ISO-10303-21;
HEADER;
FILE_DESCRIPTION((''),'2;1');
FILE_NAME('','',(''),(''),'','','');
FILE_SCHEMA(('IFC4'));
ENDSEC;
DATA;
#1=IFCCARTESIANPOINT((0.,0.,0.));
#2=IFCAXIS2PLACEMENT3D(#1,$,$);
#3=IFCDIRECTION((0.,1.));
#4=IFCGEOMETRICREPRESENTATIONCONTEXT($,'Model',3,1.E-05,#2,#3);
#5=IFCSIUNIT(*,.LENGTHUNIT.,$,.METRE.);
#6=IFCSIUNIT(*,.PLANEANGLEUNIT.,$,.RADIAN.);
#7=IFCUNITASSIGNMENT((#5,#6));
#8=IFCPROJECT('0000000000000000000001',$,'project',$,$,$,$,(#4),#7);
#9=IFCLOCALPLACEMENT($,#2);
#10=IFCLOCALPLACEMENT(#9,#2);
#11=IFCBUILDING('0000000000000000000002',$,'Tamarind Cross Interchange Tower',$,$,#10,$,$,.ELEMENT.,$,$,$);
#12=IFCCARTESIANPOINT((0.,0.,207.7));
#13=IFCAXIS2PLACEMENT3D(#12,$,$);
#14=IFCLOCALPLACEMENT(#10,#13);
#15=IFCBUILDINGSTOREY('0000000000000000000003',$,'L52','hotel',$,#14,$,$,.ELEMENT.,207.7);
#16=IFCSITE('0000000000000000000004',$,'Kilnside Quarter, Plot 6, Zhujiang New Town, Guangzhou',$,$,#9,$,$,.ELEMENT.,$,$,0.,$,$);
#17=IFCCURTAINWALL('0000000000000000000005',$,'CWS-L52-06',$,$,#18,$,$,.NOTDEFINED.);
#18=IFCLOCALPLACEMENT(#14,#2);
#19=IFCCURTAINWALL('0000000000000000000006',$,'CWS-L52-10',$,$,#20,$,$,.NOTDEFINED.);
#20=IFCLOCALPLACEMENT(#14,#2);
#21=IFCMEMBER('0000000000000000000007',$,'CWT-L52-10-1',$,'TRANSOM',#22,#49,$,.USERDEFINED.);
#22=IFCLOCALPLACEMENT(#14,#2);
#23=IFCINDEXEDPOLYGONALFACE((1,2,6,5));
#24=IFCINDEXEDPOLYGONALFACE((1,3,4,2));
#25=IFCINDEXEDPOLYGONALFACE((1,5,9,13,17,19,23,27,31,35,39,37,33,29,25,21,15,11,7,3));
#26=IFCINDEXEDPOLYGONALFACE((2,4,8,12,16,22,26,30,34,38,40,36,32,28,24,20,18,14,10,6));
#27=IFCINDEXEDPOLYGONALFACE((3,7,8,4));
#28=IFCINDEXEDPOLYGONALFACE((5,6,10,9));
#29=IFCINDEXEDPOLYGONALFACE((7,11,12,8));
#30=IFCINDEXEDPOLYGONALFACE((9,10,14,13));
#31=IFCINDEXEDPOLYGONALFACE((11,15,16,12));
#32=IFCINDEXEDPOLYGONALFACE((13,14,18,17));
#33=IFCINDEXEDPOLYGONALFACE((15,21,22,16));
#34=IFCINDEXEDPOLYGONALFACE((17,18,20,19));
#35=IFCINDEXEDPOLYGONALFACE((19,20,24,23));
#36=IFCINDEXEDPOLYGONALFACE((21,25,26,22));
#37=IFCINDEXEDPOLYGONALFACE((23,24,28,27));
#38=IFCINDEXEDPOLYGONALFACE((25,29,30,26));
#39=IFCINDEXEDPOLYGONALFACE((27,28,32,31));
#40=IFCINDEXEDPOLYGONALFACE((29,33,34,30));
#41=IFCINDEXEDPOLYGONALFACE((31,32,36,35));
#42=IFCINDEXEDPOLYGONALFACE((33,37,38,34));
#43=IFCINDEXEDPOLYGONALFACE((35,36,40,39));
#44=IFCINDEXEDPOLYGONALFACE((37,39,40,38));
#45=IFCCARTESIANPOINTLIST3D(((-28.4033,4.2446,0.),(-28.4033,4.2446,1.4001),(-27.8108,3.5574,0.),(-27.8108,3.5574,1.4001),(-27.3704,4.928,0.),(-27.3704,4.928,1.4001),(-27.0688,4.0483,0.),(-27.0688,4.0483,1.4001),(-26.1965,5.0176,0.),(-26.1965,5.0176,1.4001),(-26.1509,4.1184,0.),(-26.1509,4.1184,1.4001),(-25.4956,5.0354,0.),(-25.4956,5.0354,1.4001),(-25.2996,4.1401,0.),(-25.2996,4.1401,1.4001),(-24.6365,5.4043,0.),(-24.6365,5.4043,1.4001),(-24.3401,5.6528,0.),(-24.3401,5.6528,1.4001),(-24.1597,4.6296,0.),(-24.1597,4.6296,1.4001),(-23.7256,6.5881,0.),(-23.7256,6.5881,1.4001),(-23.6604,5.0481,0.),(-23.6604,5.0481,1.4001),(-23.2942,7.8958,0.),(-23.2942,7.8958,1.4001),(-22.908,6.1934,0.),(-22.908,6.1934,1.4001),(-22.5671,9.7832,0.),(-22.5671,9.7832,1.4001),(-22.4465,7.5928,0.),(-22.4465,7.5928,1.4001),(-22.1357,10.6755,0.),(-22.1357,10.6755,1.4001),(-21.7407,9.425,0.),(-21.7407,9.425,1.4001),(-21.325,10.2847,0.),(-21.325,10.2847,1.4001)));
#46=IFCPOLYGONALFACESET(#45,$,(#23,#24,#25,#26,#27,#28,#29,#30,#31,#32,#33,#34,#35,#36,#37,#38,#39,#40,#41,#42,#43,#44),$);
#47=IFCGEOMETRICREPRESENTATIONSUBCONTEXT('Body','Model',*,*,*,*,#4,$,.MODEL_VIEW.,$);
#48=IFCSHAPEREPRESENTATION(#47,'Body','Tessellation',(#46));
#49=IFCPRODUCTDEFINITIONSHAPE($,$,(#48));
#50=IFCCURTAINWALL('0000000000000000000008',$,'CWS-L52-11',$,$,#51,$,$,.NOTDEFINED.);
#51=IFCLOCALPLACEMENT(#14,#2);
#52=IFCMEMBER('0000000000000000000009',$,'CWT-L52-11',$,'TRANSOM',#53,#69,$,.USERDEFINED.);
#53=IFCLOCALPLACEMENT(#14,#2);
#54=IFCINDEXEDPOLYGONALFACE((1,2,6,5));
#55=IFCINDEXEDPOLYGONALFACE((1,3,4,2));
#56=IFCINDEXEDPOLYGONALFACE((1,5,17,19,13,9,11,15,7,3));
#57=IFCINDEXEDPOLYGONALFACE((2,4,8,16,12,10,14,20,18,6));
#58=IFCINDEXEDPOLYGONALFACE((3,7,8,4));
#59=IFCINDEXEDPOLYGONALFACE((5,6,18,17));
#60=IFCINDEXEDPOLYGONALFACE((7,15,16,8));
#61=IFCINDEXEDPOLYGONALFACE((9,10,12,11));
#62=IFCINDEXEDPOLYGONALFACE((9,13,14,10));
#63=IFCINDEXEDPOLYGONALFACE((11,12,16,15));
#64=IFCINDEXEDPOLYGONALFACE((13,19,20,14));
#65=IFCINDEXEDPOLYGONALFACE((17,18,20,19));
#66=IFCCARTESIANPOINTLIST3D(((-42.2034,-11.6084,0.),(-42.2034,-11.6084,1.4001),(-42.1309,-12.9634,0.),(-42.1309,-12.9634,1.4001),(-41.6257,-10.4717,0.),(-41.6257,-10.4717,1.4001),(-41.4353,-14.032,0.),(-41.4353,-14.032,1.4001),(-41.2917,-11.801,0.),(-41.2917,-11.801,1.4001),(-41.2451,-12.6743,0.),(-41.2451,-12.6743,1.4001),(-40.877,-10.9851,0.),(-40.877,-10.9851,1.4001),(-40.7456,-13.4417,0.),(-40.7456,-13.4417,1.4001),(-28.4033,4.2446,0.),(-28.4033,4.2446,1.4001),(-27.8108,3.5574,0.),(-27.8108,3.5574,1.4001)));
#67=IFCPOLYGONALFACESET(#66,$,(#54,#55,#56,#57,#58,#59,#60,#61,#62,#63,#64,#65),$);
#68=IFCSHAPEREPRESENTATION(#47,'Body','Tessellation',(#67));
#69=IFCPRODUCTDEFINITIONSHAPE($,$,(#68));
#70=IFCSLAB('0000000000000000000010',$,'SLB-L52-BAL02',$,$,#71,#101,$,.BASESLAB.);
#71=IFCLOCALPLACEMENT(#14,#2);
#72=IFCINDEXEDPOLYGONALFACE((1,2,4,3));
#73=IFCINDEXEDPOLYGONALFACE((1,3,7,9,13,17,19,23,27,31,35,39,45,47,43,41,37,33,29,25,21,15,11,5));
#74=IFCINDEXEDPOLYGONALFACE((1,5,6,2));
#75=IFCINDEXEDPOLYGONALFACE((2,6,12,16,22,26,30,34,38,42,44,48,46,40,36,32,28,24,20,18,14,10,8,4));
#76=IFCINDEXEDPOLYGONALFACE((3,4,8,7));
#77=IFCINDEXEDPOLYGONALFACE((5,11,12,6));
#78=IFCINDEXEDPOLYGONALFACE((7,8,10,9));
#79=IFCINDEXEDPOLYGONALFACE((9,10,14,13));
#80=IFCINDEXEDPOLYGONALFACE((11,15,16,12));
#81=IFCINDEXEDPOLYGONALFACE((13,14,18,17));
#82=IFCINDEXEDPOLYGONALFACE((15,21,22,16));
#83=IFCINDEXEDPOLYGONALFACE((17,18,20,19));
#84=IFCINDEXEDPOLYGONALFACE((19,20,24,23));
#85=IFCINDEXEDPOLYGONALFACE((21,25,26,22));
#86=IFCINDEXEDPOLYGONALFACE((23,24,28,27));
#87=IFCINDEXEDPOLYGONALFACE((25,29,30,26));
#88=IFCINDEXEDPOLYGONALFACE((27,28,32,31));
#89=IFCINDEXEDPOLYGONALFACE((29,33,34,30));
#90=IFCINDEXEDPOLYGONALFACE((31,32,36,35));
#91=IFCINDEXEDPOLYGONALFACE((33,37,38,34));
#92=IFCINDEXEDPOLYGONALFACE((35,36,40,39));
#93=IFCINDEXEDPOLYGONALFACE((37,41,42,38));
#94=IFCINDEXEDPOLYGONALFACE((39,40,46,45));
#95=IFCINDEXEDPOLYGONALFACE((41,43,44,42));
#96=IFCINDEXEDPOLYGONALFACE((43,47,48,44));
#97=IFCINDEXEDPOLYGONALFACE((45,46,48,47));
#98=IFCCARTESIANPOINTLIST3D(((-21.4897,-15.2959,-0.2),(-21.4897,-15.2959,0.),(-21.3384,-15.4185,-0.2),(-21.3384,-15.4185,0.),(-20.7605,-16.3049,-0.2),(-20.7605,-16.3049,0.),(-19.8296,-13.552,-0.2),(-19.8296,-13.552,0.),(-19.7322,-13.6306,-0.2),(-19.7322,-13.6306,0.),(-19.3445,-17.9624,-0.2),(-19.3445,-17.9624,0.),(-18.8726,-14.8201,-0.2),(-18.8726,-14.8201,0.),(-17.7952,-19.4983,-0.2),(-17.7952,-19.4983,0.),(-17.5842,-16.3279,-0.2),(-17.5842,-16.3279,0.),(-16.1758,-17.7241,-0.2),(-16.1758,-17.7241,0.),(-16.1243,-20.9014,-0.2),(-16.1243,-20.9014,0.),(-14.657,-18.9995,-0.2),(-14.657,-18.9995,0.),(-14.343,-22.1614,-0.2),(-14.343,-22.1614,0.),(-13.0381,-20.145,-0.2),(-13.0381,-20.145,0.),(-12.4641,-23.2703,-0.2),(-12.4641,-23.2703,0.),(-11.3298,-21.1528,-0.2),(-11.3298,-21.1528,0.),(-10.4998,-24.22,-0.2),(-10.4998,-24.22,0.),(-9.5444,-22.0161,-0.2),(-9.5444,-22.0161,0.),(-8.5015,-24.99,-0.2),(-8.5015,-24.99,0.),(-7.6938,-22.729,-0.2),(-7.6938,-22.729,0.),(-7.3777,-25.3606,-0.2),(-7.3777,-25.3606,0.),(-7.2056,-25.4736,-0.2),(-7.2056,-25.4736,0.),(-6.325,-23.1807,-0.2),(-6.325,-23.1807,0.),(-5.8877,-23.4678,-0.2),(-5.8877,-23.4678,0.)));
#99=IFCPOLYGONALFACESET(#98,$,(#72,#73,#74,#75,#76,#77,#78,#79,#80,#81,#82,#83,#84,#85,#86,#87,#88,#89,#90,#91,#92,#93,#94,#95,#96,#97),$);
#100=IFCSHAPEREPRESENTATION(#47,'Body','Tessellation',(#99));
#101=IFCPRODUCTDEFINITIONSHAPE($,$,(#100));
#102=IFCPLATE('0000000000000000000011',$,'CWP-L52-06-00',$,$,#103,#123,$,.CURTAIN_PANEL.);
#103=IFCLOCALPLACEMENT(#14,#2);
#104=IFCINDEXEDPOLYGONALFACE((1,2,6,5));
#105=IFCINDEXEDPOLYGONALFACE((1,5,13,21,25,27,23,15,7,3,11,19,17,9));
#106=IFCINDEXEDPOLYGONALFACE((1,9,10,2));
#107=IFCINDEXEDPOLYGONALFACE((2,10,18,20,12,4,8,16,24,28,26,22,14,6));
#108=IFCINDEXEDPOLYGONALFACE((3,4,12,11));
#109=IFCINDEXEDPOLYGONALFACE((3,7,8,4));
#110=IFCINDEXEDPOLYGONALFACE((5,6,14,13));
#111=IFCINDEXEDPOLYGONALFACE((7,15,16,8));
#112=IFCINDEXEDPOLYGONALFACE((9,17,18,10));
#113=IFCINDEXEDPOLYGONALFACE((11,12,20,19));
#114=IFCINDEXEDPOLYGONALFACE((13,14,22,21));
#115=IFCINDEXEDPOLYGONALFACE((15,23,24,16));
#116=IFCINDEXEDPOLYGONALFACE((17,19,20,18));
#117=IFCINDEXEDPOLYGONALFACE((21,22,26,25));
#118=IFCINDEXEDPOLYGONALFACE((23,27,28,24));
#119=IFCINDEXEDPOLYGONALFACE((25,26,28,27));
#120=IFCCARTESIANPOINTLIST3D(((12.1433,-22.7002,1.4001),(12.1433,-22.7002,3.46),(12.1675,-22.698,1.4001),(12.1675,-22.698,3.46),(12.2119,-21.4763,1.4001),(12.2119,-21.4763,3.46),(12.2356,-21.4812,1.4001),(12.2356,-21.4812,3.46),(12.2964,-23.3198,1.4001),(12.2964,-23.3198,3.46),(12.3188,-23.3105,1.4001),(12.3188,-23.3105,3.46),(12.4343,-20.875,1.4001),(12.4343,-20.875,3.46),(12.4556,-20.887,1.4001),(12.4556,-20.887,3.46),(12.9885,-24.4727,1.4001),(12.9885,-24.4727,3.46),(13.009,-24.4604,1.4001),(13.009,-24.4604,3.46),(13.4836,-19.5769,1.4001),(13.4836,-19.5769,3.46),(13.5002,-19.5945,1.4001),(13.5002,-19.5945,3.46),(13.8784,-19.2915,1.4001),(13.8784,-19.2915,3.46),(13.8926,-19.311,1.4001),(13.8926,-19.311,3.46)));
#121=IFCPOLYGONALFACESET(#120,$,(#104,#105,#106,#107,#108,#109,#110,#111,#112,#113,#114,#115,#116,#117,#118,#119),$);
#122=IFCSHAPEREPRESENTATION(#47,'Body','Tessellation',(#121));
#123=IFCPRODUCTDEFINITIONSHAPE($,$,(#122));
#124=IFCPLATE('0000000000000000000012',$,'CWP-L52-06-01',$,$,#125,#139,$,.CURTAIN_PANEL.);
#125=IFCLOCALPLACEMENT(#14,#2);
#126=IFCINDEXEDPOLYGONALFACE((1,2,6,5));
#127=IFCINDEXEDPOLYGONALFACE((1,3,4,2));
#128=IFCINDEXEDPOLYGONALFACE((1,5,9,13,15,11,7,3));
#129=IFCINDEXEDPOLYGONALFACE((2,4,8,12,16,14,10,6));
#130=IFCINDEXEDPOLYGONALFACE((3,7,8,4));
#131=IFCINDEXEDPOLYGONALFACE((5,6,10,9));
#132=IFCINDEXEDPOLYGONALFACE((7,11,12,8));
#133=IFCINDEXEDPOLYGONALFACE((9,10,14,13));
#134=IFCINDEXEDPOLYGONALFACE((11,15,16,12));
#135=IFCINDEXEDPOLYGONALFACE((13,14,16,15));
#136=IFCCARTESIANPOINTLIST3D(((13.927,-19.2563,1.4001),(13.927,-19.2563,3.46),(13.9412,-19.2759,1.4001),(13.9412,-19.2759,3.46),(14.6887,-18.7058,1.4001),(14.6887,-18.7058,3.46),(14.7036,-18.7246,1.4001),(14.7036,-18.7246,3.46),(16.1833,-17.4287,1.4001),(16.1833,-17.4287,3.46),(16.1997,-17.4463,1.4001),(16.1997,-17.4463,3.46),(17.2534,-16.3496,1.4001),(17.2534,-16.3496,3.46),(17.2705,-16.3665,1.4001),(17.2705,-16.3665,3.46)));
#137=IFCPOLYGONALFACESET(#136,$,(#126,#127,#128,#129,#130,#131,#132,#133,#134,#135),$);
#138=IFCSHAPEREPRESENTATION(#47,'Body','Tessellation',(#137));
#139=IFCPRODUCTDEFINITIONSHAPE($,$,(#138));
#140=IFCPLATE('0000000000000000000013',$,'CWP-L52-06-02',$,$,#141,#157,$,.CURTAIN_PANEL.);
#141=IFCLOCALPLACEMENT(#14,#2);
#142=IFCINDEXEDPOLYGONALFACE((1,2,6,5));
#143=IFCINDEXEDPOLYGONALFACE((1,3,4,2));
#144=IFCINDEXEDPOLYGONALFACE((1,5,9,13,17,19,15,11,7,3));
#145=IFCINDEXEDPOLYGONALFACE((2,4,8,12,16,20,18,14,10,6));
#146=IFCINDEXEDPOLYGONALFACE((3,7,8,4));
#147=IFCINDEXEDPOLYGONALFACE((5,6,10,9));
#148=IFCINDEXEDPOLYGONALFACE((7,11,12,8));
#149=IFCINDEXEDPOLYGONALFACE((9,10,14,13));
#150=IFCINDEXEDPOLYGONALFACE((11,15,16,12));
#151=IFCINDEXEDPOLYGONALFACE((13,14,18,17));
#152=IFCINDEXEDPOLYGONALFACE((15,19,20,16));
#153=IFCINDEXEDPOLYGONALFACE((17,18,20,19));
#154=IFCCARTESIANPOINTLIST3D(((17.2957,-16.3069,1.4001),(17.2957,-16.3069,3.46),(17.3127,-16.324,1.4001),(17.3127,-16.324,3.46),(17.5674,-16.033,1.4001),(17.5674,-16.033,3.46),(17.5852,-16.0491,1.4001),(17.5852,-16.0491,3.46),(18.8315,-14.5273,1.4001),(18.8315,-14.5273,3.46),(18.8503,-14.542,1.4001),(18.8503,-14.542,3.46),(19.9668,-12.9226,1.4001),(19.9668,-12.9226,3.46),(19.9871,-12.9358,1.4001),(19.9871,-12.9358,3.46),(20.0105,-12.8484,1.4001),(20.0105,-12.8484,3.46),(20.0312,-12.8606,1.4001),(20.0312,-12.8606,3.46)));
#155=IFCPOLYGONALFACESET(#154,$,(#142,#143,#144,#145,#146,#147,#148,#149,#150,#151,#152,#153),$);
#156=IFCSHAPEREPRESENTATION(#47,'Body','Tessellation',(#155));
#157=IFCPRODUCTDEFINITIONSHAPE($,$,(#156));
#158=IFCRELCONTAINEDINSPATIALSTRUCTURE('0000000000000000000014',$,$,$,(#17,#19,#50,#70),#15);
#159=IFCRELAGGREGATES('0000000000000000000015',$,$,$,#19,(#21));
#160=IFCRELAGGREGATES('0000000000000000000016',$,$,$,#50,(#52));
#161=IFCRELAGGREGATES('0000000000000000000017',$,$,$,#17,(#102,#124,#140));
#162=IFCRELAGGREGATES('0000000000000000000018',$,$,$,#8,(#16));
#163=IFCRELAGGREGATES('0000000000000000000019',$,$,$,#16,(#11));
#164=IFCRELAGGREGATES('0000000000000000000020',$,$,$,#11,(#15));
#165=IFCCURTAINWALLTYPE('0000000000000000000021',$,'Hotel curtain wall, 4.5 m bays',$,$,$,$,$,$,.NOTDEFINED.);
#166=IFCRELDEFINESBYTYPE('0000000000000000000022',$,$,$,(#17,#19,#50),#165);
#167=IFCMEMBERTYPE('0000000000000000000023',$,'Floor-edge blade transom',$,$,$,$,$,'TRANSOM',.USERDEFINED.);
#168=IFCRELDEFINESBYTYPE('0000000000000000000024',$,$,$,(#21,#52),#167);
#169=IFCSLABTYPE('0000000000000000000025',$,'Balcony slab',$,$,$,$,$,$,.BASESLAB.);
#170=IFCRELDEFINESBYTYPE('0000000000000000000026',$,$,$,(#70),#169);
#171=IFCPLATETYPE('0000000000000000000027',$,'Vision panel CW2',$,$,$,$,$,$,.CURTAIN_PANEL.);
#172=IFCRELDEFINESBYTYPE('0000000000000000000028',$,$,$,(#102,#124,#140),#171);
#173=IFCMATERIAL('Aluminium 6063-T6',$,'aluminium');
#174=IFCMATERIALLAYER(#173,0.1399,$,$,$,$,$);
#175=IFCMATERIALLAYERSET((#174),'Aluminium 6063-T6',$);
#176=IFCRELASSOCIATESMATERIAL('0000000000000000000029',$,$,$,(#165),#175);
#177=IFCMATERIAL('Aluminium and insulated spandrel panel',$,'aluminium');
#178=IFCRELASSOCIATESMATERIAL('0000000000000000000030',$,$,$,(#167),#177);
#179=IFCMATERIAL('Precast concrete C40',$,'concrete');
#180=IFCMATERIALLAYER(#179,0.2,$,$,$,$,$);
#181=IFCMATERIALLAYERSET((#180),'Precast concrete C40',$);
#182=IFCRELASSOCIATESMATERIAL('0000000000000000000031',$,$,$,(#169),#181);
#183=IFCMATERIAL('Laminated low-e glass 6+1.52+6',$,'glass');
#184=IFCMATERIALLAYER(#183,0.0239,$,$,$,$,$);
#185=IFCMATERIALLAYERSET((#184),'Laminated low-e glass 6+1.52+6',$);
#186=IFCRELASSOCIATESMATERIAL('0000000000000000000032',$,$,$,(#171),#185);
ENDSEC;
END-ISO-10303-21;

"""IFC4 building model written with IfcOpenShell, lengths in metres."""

from ifc_helpers import new_model, si_unit, direction, frame, origin, place, context, subcontext, project, spatial, polyline, outline, extrude, material, layer, layer_set, type_object, element, aggregate, save


model = new_model("IFC4")

# Units and contexts
model_context = context("Model", 3, precision=1e-05, world=origin(), true_north=direction((0.0, 1.0)))
body_context = subcontext(model_context, "Body", "Model", "MODEL_VIEW")
ifc_project = project(units=[si_unit("LENGTHUNIT", "METRE"), si_unit("PLANEANGLEUNIT", "RADIAN")], contexts=[model_context])

# Site, building, storey
site_placement = place(None, origin())
site = spatial("IfcSite", under=ifc_project, at=site_placement, Name="Kilnside Quarter, Plot 6, Zhujiang New Town, Guangzhou", CompositionType="ELEMENT", RefElevation=0.0)
building_placement = place(site_placement, origin())
building = spatial("IfcBuilding", under=site, at=building_placement, Name="Tamarind Cross Interchange Tower", CompositionType="ELEMENT")
storey_placement = place(building_placement, frame((0.0, 0.0, 207.7)))
storey = spatial("IfcBuildingStorey", under=building, at=storey_placement, Name="L52", Description="hotel", CompositionType="ELEMENT", Elevation=207.7)

# Curtain wall
ifc_material_1 = material(Name="Aluminium 6063-T6", Category="aluminium")
ifc_layer_1 = layer(ifc_material_1, 0.1399)
ifc_layer_set_1 = layer_set([ifc_layer_1], Name="Aluminium 6063-T6")
curtain_wall_type = type_object("IfcCurtainWallType", Name="Hotel curtain wall, 4.5 m bays", PredefinedType="NOTDEFINED", material=ifc_layer_set_1)
curtain_wall_1_placement = place(storey_placement, origin())
curtain_wall_1 = element("IfcCurtainWall", 1, at=curtain_wall_1_placement, inside=storey, type_object=curtain_wall_type, Name="CWS-L52-06", PredefinedType="NOTDEFINED")
ifc_material_2 = material(Name="Aluminium and insulated spandrel panel", Category="aluminium")
member_type = type_object("IfcMemberType", Name="Floor-edge blade transom", ElementType="TRANSOM", PredefinedType="USERDEFINED", material=ifc_material_2)

# Curtain wall, member
curtain_wall_2_placement = place(storey_placement, origin())
curtain_wall_2 = element("IfcCurtainWall", 2, at=curtain_wall_2_placement, inside=storey, type_object=curtain_wall_type, Name="CWS-L52-10", PredefinedType="NOTDEFINED")
member_1_placement = place(storey_placement, origin())
member_1 = element("IfcMember", 3, at=member_1_placement, type_object=member_type, Name="CWT-L52-10-1", ObjectType="TRANSOM", PredefinedType="USERDEFINED", context=body_context, shape_type="SweptSolid", body=[
    extrude(outline(polyline([(-21.325, 10.2847), (-21.7407, 9.425), (-22.4465, 7.5928), (-22.908, 6.1934), (-23.6604, 5.0481), (-24.1597, 4.6296), (-25.2996, 4.1401), (-26.1509, 4.1184), (-27.0688, 4.0483), (-27.8108, 3.5574), (-28.4033, 4.2446), (-27.3704, 4.928), (-26.1965, 5.0176), (-25.4956, 5.0354), (-24.6365, 5.4043), (-24.3401, 5.6528), (-23.7256, 6.5881), (-23.2942, 7.8958), (-22.5671, 9.7832), (-22.1357, 10.6755), (-21.325, 10.2847)])), origin(), (0.0, 0.0, 1.0), 1.4001),
])
aggregate(curtain_wall_2, [member_1])

# Curtain wall, member
curtain_wall_3_placement = place(storey_placement, origin())
curtain_wall_3 = element("IfcCurtainWall", 4, at=curtain_wall_3_placement, inside=storey, type_object=curtain_wall_type, Name="CWS-L52-11", PredefinedType="NOTDEFINED")
member_2_placement = place(storey_placement, origin())
member_2 = element("IfcMember", 5, at=member_2_placement, type_object=member_type, Name="CWT-L52-11", ObjectType="TRANSOM", PredefinedType="USERDEFINED", context=body_context, shape_type="SweptSolid", body=[
    extrude(outline(polyline([(-27.8108, 3.5574), (-40.877, -10.9851), (-41.2917, -11.801), (-41.2451, -12.6743), (-40.7456, -13.4417), (-41.4353, -14.032), (-42.1309, -12.9634), (-42.2034, -11.6084), (-41.6257, -10.4717), (-28.4033, 4.2446), (-27.8108, 3.5574)])), origin(), (0.0, 0.0, 1.0), 1.4001),
])
aggregate(curtain_wall_3, [member_2])

# Slab
ifc_material_3 = material(Name="Precast concrete C40", Category="concrete")
ifc_layer_2 = layer(ifc_material_3, 0.2)
ifc_layer_set_2 = layer_set([ifc_layer_2], Name="Precast concrete C40")
slab_type = type_object("IfcSlabType", Name="Balcony slab", PredefinedType="BASESLAB", material=ifc_layer_set_2)
slab_placement = place(storey_placement, frame((0.0, 0.0, -0.2)))
element("IfcSlab", 6, at=slab_placement, inside=storey, type_object=slab_type, Name="SLB-L52-BAL02", PredefinedType="BASESLAB", context=body_context, shape_type="SweptSolid", body=[
    extrude(outline(polyline([(-19.8296, -13.552), (-19.7322, -13.6306), (-18.8726, -14.8201), (-17.5842, -16.3279), (-16.1758, -17.7241), (-14.657, -18.9995), (-13.0381, -20.145), (-11.3298, -21.1528), (-9.5444, -22.0161), (-7.6938, -22.729), (-6.325, -23.1807), (-5.8877, -23.4678), (-7.2056, -25.4736), (-7.3777, -25.3606), (-8.5015, -24.99), (-10.4998, -24.22), (-12.4641, -23.2703), (-14.343, -22.1614), (-16.1243, -20.9014), (-17.7952, -19.4983), (-19.3445, -17.9624), (-20.7605, -16.3049), (-21.4897, -15.2959), (-21.3384, -15.4185), (-19.8296, -13.552)])), origin(), (0.0, 0.0, 1.0), 0.2),
])

# Plates
ifc_material_4 = material(Name="Laminated low-e glass 6+1.52+6", Category="glass")
ifc_layer_3 = layer(ifc_material_4, 0.0239)
ifc_layer_set_3 = layer_set([ifc_layer_3], Name="Laminated low-e glass 6+1.52+6")
plate_type = type_object("IfcPlateType", Name="Vision panel CW2", PredefinedType="CURTAIN_PANEL", material=ifc_layer_set_3)
plate_1_placement = place(storey_placement, frame((0.0, 0.0, 1.4001)))
plate_1 = element("IfcPlate", 7, at=plate_1_placement, type_object=plate_type, Name="CWP-L52-06-00", PredefinedType="CURTAIN_PANEL", context=body_context, shape_type="SweptSolid", body=[
    extrude(outline(polyline([(12.9885, -24.4727), (12.2964, -23.3198), (12.1433, -22.7002), (12.2119, -21.4763), (12.4343, -20.875), (13.4836, -19.5769), (13.8784, -19.2915), (13.8926, -19.311), (13.5002, -19.5945), (12.4556, -20.887), (12.2356, -21.4812), (12.1675, -22.698), (12.3188, -23.3105), (13.009, -24.4604), (12.9885, -24.4727)])), origin(), (0.0, 0.0, 1.0), 2.0598),
])
plate_2_placement = place(storey_placement, frame((0.0, 0.0, 1.4001)))
plate_2 = element("IfcPlate", 8, at=plate_2_placement, type_object=plate_type, Name="CWP-L52-06-01", PredefinedType="CURTAIN_PANEL", context=body_context, shape_type="SweptSolid", body=[
    extrude(outline(polyline([(13.927, -19.2563), (14.6887, -18.7058), (16.1833, -17.4287), (17.2534, -16.3496), (17.2705, -16.3665), (16.1997, -17.4463), (14.7036, -18.7246), (13.9412, -19.2759), (13.927, -19.2563)])), origin(), (0.0, 0.0, 1.0), 2.0598),
])
plate_3_placement = place(storey_placement, frame((0.0, 0.0, 1.4001)))
plate_3 = element("IfcPlate", 9, at=plate_3_placement, type_object=plate_type, Name="CWP-L52-06-02", PredefinedType="CURTAIN_PANEL", context=body_context, shape_type="SweptSolid", body=[
    extrude(outline(polyline([(17.2957, -16.3069), (17.5674, -16.033), (18.8315, -14.5273), (19.9668, -12.9226), (20.0105, -12.8484), (20.0312, -12.8606), (19.9871, -12.9358), (18.8503, -14.542), (17.5852, -16.0491), (17.3127, -16.324), (17.2957, -16.3069)])), origin(), (0.0, 0.0, 1.0), 2.0598),
])
aggregate(curtain_wall_1, [plate_1, plate_2, plate_3])

save(model, "model.ifc")
